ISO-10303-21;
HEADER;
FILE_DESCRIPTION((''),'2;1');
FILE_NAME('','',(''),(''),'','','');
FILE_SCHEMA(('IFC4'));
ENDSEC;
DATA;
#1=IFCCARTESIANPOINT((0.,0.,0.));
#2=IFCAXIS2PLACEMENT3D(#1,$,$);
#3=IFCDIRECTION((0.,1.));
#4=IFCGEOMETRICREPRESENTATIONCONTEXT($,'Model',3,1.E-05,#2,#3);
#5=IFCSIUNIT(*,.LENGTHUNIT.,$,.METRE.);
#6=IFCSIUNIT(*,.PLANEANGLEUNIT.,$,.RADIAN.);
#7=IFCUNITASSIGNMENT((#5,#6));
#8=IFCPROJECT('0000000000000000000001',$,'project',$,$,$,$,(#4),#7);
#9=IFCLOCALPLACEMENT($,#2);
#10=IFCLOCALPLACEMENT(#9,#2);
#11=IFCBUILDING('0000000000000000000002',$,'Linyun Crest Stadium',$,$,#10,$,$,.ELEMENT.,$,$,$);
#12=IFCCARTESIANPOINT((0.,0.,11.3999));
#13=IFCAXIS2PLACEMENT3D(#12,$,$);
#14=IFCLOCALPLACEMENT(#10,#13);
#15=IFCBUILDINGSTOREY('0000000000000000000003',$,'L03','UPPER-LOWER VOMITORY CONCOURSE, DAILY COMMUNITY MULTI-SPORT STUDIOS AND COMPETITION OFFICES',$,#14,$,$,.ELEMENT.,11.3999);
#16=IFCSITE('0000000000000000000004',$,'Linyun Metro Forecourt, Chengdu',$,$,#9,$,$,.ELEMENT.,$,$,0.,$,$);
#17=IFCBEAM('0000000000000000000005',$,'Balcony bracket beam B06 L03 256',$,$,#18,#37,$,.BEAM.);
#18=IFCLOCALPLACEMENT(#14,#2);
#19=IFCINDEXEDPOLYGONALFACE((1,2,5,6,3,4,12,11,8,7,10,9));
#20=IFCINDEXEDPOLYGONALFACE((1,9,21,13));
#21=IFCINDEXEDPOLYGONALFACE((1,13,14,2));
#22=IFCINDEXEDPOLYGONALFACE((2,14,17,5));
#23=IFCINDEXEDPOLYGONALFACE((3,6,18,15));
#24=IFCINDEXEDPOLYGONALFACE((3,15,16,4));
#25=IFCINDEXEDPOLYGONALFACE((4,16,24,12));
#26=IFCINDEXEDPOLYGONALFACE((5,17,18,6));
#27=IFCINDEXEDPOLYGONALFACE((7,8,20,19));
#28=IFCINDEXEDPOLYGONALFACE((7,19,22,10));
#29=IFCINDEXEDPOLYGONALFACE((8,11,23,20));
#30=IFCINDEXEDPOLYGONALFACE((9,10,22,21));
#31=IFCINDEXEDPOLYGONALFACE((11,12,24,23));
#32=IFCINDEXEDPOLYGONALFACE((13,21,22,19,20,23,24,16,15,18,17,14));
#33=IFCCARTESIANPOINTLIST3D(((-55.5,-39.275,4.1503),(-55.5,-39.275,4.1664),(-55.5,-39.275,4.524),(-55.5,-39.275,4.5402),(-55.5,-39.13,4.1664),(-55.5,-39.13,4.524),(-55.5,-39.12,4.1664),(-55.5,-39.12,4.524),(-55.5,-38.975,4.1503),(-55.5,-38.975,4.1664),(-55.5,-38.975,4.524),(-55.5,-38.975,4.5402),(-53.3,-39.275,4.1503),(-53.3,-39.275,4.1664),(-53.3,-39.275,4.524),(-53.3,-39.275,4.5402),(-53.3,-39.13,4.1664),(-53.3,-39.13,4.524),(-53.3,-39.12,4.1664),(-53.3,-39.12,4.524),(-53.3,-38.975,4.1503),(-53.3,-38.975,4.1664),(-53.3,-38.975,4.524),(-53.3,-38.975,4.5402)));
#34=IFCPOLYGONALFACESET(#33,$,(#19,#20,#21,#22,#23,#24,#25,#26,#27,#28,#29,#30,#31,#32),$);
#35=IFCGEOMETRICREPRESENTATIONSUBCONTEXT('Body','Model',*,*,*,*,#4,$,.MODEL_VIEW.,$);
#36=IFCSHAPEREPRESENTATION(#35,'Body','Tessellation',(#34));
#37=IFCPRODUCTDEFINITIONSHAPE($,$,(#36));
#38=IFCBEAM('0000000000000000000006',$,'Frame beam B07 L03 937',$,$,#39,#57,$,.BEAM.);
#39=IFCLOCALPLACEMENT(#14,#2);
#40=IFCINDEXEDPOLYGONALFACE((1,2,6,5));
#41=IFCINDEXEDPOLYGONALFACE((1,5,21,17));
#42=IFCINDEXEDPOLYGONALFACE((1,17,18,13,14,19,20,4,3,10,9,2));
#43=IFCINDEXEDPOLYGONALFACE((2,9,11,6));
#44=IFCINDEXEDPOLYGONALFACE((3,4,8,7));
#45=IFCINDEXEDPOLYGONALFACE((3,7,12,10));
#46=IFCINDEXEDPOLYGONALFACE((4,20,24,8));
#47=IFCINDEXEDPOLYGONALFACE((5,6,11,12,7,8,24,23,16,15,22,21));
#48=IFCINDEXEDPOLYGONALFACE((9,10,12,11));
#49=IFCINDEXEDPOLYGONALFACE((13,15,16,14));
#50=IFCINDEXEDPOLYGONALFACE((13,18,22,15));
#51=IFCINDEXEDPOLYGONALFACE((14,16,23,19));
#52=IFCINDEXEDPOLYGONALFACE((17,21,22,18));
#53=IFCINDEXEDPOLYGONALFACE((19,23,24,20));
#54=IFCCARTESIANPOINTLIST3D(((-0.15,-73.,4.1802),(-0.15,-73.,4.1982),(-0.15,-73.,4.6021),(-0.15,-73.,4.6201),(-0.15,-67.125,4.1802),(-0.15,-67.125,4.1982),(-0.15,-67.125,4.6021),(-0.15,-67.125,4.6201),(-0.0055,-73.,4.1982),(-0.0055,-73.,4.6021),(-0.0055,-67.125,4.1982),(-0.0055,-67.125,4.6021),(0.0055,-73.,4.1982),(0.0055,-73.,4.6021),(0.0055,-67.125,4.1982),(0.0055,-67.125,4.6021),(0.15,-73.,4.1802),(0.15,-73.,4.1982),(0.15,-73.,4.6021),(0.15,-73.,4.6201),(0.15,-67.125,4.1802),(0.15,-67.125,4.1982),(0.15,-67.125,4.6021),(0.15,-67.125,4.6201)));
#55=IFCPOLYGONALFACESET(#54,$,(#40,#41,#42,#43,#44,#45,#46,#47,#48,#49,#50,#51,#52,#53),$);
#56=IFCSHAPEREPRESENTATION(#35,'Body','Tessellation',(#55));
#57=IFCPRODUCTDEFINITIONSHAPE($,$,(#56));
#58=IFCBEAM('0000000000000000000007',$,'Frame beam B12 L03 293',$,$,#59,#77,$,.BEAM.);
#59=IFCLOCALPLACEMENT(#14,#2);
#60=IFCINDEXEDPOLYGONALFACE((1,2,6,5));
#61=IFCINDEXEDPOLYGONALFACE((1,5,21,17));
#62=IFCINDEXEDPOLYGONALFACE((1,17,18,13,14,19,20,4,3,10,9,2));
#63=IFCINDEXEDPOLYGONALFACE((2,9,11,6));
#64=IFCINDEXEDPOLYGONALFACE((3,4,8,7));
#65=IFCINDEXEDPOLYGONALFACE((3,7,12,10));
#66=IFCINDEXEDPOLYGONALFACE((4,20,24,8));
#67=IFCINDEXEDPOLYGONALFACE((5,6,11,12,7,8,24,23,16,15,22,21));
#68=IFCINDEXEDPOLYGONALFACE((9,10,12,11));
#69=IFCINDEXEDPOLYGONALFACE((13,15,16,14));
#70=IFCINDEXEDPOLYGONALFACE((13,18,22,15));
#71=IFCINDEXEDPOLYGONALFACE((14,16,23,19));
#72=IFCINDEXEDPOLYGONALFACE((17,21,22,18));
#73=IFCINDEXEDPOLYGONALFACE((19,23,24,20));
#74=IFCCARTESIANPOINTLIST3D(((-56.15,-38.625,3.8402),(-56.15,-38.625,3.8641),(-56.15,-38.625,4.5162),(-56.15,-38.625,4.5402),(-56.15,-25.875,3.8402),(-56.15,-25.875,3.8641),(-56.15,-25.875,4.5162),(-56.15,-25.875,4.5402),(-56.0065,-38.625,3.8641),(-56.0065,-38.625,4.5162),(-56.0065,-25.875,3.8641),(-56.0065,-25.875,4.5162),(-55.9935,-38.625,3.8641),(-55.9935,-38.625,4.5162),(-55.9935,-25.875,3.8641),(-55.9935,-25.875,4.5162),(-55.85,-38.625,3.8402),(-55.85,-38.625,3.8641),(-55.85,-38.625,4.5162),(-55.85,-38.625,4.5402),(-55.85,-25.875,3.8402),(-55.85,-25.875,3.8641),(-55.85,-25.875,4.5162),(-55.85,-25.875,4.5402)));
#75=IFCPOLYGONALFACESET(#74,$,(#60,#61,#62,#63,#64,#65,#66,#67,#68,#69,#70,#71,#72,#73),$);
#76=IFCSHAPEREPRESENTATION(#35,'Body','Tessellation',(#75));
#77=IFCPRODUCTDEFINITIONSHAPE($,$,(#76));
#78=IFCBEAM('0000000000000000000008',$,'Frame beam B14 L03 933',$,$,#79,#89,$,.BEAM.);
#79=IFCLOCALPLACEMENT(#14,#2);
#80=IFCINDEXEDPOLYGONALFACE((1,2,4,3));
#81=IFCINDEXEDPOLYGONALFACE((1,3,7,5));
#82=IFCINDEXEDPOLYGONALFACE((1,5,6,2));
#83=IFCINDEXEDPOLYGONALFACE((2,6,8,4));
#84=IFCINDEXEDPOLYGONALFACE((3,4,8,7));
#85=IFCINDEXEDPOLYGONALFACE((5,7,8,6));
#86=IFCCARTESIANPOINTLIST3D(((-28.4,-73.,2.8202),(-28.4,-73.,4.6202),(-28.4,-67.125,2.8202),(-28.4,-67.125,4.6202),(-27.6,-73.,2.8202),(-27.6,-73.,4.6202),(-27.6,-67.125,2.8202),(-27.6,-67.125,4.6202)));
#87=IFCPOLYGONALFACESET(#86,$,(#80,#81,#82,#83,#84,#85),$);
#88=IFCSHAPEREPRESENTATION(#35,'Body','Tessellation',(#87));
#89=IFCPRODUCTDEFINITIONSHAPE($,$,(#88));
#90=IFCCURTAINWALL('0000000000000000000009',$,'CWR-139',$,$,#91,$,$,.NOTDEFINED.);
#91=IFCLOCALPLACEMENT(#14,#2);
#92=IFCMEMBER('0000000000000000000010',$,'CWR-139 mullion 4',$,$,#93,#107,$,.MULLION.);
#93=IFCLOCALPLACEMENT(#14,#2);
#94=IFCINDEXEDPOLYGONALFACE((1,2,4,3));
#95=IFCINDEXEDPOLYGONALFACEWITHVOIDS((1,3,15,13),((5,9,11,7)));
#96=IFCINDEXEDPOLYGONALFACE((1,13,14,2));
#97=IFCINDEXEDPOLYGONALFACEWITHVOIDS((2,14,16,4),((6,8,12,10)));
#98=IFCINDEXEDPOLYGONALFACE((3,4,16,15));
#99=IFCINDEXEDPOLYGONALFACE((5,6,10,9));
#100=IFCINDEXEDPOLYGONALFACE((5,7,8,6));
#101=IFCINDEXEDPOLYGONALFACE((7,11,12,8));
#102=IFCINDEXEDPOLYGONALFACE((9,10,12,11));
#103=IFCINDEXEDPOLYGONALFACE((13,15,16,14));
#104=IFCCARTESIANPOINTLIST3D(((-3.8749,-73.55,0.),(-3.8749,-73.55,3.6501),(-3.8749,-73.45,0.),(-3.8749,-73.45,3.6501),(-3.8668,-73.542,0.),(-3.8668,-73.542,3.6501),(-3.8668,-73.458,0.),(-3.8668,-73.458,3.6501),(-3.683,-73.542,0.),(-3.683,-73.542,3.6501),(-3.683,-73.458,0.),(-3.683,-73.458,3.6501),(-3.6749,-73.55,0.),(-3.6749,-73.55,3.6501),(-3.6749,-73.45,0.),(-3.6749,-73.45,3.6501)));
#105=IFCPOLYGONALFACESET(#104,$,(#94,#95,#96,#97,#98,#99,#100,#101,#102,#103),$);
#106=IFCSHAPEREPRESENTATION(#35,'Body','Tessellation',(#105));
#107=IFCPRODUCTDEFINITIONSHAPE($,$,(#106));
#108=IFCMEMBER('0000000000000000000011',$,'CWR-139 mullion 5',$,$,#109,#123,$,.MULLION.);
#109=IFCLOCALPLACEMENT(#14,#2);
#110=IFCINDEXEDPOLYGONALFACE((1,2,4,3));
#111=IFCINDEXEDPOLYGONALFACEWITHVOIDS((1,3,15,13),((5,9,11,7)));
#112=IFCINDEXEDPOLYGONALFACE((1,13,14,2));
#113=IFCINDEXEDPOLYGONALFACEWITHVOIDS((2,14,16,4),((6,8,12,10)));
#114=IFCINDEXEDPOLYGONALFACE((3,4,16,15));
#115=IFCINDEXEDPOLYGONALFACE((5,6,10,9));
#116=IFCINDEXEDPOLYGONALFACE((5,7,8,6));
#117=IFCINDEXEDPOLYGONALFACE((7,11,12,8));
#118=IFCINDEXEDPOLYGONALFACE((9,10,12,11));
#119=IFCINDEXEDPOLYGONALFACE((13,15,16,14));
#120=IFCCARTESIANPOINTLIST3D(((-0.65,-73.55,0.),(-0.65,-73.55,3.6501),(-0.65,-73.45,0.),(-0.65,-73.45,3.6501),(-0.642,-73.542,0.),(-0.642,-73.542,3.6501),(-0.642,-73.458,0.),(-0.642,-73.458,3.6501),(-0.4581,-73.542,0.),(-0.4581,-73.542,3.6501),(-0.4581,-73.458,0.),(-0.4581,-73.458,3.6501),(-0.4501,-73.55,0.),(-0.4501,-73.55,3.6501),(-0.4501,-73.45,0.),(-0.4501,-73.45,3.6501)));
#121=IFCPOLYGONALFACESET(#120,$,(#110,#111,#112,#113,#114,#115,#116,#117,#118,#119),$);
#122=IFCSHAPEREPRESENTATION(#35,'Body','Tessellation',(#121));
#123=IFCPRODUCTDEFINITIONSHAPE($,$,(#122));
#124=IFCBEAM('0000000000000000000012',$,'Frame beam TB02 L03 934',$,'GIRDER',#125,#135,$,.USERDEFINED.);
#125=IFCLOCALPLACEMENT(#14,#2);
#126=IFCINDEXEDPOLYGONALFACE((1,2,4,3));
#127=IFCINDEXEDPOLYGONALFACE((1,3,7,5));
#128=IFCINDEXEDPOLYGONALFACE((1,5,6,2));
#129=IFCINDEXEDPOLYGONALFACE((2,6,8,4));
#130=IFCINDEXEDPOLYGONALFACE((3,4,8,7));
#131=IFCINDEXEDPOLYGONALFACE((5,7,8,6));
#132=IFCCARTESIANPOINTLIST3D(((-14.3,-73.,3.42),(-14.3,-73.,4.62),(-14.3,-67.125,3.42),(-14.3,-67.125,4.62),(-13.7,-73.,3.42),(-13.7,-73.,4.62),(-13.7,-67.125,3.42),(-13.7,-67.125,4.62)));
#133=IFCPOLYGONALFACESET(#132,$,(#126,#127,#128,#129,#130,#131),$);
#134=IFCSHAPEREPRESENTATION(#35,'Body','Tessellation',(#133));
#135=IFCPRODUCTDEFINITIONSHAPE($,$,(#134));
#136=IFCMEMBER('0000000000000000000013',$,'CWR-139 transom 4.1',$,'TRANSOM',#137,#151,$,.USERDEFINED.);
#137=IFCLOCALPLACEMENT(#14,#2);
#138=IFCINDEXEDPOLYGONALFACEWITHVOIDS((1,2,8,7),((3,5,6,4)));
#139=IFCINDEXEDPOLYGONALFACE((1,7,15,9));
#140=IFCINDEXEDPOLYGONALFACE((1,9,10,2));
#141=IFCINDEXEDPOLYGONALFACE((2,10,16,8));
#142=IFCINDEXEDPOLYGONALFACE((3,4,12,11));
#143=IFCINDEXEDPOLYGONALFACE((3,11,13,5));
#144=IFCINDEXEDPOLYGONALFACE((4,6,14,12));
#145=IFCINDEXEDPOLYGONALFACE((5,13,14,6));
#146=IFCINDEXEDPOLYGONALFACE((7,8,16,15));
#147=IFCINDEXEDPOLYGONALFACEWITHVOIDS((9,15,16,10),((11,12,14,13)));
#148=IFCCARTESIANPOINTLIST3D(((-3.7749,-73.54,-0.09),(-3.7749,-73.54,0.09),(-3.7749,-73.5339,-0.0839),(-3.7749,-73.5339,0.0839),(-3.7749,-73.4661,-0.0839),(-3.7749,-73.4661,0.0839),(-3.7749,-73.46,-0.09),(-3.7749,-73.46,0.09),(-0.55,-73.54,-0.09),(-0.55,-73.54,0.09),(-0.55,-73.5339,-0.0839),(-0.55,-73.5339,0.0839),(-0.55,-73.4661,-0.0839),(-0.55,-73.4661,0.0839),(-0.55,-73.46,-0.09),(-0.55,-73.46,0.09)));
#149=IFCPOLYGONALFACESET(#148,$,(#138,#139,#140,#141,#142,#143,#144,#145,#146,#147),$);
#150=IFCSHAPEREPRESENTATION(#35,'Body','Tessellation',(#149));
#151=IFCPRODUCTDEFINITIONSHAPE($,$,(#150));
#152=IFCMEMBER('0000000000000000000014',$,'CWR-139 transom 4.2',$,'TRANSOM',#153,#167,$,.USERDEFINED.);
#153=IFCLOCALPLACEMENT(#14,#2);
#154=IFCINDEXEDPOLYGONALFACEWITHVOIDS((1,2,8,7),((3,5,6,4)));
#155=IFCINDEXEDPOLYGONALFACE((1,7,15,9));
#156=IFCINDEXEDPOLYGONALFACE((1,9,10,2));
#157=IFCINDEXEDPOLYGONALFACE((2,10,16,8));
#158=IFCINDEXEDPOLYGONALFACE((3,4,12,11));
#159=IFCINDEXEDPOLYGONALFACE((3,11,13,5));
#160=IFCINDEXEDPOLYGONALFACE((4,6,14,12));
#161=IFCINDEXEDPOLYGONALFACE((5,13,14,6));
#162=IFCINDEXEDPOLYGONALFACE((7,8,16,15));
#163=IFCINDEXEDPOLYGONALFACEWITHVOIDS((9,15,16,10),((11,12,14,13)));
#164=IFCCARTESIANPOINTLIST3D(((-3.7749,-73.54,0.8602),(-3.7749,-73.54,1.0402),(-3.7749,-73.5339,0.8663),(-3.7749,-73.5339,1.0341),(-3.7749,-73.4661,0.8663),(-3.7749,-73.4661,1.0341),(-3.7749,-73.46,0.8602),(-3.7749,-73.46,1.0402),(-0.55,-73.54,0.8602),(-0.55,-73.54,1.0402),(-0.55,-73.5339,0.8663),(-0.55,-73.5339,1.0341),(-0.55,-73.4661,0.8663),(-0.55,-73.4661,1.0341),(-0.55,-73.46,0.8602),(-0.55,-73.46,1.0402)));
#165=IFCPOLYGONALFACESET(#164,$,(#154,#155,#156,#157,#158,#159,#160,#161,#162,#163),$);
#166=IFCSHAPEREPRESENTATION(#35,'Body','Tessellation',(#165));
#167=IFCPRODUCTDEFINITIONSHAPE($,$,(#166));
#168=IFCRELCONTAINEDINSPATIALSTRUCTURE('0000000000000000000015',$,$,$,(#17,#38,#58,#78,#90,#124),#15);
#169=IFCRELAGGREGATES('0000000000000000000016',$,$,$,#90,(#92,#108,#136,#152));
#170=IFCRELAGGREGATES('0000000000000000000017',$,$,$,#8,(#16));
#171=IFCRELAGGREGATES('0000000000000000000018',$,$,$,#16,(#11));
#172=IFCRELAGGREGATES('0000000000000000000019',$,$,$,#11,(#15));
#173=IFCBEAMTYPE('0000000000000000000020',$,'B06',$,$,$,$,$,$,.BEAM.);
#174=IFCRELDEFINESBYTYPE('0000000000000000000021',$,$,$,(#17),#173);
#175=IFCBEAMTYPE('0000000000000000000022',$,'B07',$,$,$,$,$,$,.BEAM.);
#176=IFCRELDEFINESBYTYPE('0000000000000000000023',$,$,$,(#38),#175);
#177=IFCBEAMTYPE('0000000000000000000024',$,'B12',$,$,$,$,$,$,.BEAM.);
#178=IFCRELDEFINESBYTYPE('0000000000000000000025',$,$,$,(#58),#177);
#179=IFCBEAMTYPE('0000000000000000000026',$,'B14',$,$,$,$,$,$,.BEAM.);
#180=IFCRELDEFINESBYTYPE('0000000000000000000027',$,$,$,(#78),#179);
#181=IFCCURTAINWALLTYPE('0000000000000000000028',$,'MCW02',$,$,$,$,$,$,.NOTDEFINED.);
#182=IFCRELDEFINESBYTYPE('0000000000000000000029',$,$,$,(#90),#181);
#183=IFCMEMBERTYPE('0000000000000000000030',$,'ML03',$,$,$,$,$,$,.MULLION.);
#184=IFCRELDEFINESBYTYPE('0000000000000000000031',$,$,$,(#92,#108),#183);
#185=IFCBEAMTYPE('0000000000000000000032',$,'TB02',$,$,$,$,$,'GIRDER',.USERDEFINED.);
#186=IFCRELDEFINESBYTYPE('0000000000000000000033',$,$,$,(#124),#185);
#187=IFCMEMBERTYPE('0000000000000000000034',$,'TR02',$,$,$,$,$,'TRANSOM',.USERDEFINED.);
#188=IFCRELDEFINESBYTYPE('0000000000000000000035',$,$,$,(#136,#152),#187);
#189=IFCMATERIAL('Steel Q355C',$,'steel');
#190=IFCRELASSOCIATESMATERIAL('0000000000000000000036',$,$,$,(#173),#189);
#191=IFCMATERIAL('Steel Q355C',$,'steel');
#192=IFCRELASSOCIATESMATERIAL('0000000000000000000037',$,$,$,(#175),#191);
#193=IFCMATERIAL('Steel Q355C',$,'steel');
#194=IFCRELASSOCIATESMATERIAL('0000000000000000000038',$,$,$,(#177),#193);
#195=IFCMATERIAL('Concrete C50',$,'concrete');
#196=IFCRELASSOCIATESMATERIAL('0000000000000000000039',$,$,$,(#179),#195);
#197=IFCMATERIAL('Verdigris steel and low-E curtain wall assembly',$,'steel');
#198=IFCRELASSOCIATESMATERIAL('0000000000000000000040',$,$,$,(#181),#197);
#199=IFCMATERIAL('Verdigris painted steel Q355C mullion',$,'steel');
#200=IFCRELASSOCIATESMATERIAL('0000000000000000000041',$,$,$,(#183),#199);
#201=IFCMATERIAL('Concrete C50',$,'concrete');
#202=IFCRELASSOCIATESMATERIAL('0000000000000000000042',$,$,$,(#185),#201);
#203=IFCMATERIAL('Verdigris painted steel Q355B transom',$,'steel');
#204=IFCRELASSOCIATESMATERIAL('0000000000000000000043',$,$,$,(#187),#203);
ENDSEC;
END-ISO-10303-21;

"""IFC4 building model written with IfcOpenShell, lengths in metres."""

from ifc_helpers import new_model, si_unit, direction, frame, origin, origin_2d, place, context, subcontext, project, spatial, rectangle, hollow_rectangle, i_section, extrude, material, material_profile, profile_set, type_object, element, aggregate, save


model = new_model("IFC4")

# Units and contexts
model_context = context("Model", 3, precision=1e-05, world=origin(), true_north=direction((0.0, 1.0)))
body_context = subcontext(model_context, "Body", "Model", "MODEL_VIEW")
ifc_project = project(units=[si_unit("LENGTHUNIT", "METRE"), si_unit("PLANEANGLEUNIT", "RADIAN")], contexts=[model_context])

# Site, building, storey
site_placement = place(None, origin())
site = spatial("IfcSite", under=ifc_project, at=site_placement, Name="Linyun Metro Forecourt, Chengdu", CompositionType="ELEMENT", RefElevation=0.0)
building_placement = place(site_placement, origin())
building = spatial("IfcBuilding", under=site, at=building_placement, Name="Linyun Crest Stadium", CompositionType="ELEMENT")
storey_placement = place(building_placement, frame((0.0, 0.0, 11.3999)))
storey = spatial("IfcBuildingStorey", under=building, at=storey_placement, Name="L03", Description="UPPER-LOWER VOMITORY CONCOURSE, DAILY COMMUNITY MULTI-SPORT STUDIOS AND COMPETITION OFFICES", CompositionType="ELEMENT", Elevation=11.3999)

# Beams
ifc_material_1 = material(Name="Steel Q355C", Category="steel")
ifc_material_profile_1 = material_profile(ifc_material_1, i_section(OverallWidth=0.3, OverallDepth=0.3899, WebThickness=0.01, FlangeThickness=0.0161, at=origin_2d()), Name="HM 390x300")
ifc_profile_set_1 = profile_set([ifc_material_profile_1], Name="Steel Q355C")
beam_type_1 = type_object("IfcBeamType", Name="B06", PredefinedType="BEAM", material=ifc_profile_set_1)
beam_1_placement = place(storey_placement, frame((-55.5, -39.125, 4.3452), z_axis=(1.0, 0.0, 0.0), x_axis=(0.0, 1.0, 0.0)))
element("IfcBeam", 1, at=beam_1_placement, inside=storey, type_object=beam_type_1, Name="Balcony bracket beam B06 L03 256", PredefinedType="BEAM", context=body_context, shape_type="SweptSolid", body=[
    extrude(i_section(OverallWidth=0.3, OverallDepth=0.3899, WebThickness=0.01, FlangeThickness=0.0161, at=origin_2d()), origin(), (0.0, 0.0, 1.0), 2.2),
])
ifc_material_2 = material(Name="Steel Q355C", Category="steel")
ifc_material_profile_2 = material_profile(ifc_material_2, i_section(OverallWidth=0.3, OverallDepth=0.4399, WebThickness=0.011, FlangeThickness=0.0181, at=origin_2d()), Name="HM 440x300")
ifc_profile_set_2 = profile_set([ifc_material_profile_2], Name="Steel Q355C")
beam_type_2 = type_object("IfcBeamType", Name="B07", PredefinedType="BEAM", material=ifc_profile_set_2)
beam_2_placement = place(storey_placement, frame((0.0, -73.0, 4.4001), z_axis=(0.0, 1.0, 0.0), x_axis=(-1.0, 0.0, 0.0)))
element("IfcBeam", 2, at=beam_2_placement, inside=storey, type_object=beam_type_2, Name="Frame beam B07 L03 937", PredefinedType="BEAM", context=body_context, shape_type="SweptSolid", body=[
    extrude(i_section(OverallWidth=0.3, OverallDepth=0.4399, WebThickness=0.011, FlangeThickness=0.0181, at=origin_2d()), origin(), (0.0, 0.0, 1.0), 5.875),
])
ifc_material_3 = material(Name="Steel Q355C", Category="steel")
ifc_material_profile_3 = material_profile(ifc_material_3, i_section(OverallWidth=0.3, OverallDepth=0.7, WebThickness=0.0129, FlangeThickness=0.0239, at=origin_2d()), Name="HN 700x300")
ifc_profile_set_3 = profile_set([ifc_material_profile_3], Name="Steel Q355C")
beam_type_3 = type_object("IfcBeamType", Name="B12", PredefinedType="BEAM", material=ifc_profile_set_3)
beam_3_placement = place(storey_placement, frame((-56.0, -38.625, 4.1902), z_axis=(0.0, 1.0, 0.0), x_axis=(-1.0, 0.0, 0.0)))
element("IfcBeam", 3, at=beam_3_placement, inside=storey, type_object=beam_type_3, Name="Frame beam B12 L03 293", PredefinedType="BEAM", context=body_context, shape_type="SweptSolid", body=[
    extrude(i_section(OverallWidth=0.3, OverallDepth=0.7, WebThickness=0.0129, FlangeThickness=0.0239, at=origin_2d()), origin(), (0.0, 0.0, 1.0), 12.75),
])
ifc_material_4 = material(Name="Concrete C50", Category="concrete")
ifc_material_profile_4 = material_profile(ifc_material_4, rectangle(XDim=0.8, YDim=1.8, at=origin_2d()), Name="RCB 1800x800")
ifc_profile_set_4 = profile_set([ifc_material_profile_4], Name="Concrete C50")
beam_type_4 = type_object("IfcBeamType", Name="B14", PredefinedType="BEAM", material=ifc_profile_set_4)
beam_4_placement = place(storey_placement, frame((-28.0, -73.0, 3.7202), z_axis=(0.0, 1.0, 0.0), x_axis=(-1.0, 0.0, 0.0)))
element("IfcBeam", 4, at=beam_4_placement, inside=storey, type_object=beam_type_4, Name="Frame beam B14 L03 933", PredefinedType="BEAM", context=body_context, shape_type="SweptSolid", body=[
    extrude(rectangle(XDim=0.8, YDim=1.8, at=origin_2d()), origin(), (0.0, 0.0, 1.0), 5.875),
])

# Curtain wall, members
ifc_material_5 = material(Name="Verdigris steel and low-E curtain wall assembly", Category="steel")
curtain_wall_type = type_object("IfcCurtainWallType", Name="MCW02", PredefinedType="NOTDEFINED", material=ifc_material_5)
curtain_wall_placement = place(storey_placement, origin())
curtain_wall = element("IfcCurtainWall", 5, at=curtain_wall_placement, inside=storey, type_object=curtain_wall_type, Name="CWR-139", PredefinedType="NOTDEFINED")
ifc_material_6 = material(Name="Verdigris painted steel Q355C mullion", Category="steel")
ifc_material_profile_5 = material_profile(ifc_material_6, hollow_rectangle(XDim=0.1001, YDim=0.2, WallThickness=0.0081, at=origin_2d()), Name="RHS 200x100x8")
ifc_profile_set_5 = profile_set([ifc_material_profile_5], Name="Verdigris painted steel Q355C mullion")
member_type_1 = type_object("IfcMemberType", Name="ML03", PredefinedType="MULLION", material=ifc_profile_set_5)
member_1_placement = place(storey_placement, frame((-3.7749, -73.5, 0.0), z_axis=(0.0, 0.0, 1.0), x_axis=(0.0, 1.0, 0.0)))
member_1 = element("IfcMember", 6, at=member_1_placement, type_object=member_type_1, Name="CWR-139 mullion 4", PredefinedType="MULLION", context=body_context, shape_type="SweptSolid", body=[
    extrude(hollow_rectangle(XDim=0.1001, YDim=0.2, WallThickness=0.0081, at=origin_2d()), origin(), (0.0, 0.0, 1.0), 3.6501),
])
member_2_placement = place(storey_placement, frame((-0.55, -73.5, 0.0), z_axis=(0.0, 0.0, 1.0), x_axis=(0.0, 1.0, 0.0)))
member_2 = element("IfcMember", 7, at=member_2_placement, type_object=member_type_1, Name="CWR-139 mullion 5", PredefinedType="MULLION", context=body_context, shape_type="SweptSolid", body=[
    extrude(hollow_rectangle(XDim=0.1001, YDim=0.2, WallThickness=0.0081, at=origin_2d()), origin(), (0.0, 0.0, 1.0), 3.6501),
])

# Beam
ifc_material_7 = material(Name="Concrete C50", Category="concrete")
ifc_material_profile_6 = material_profile(ifc_material_7, rectangle(XDim=0.6001, YDim=1.2, at=origin_2d()), Name="RCB 1200x600")
ifc_profile_set_6 = profile_set([ifc_material_profile_6], Name="Concrete C50")
beam_type_5 = type_object("IfcBeamType", Name="TB02", ElementType="GIRDER", PredefinedType="USERDEFINED", material=ifc_profile_set_6)
beam_5_placement = place(storey_placement, frame((-14.0, -73.0, 4.02), z_axis=(0.0, 1.0, 0.0), x_axis=(-1.0, 0.0, 0.0)))
element("IfcBeam", 8, at=beam_5_placement, inside=storey, type_object=beam_type_5, Name="Frame beam TB02 L03 934", ObjectType="GIRDER", PredefinedType="USERDEFINED", context=body_context, shape_type="SweptSolid", body=[
    extrude(rectangle(XDim=0.6001, YDim=1.2, at=origin_2d()), origin(), (0.0, 0.0, 1.0), 5.875),
])

# Members
ifc_material_8 = material(Name="Verdigris painted steel Q355B transom", Category="steel")
ifc_material_profile_7 = material_profile(ifc_material_8, hollow_rectangle(XDim=0.0801, YDim=0.1799, WallThickness=0.0061, at=origin_2d()), Name="RHS 180x80x6")
ifc_profile_set_7 = profile_set([ifc_material_profile_7], Name="Verdigris painted steel Q355B transom")
member_type_2 = type_object("IfcMemberType", Name="TR02", ElementType="TRANSOM", PredefinedType="USERDEFINED", material=ifc_profile_set_7)
member_3_placement = place(storey_placement, frame((-3.7749, -73.5, 0.0), z_axis=(1.0, 0.0, 0.0), x_axis=(0.0, 1.0, 0.0)))
member_3 = element("IfcMember", 9, at=member_3_placement, type_object=member_type_2, Name="CWR-139 transom 4.1", ObjectType="TRANSOM", PredefinedType="USERDEFINED", context=body_context, shape_type="SweptSolid", body=[
    extrude(hollow_rectangle(XDim=0.0801, YDim=0.1799, WallThickness=0.0061, at=origin_2d()), origin(), (0.0, 0.0, 1.0), 3.2249),
])
member_4_placement = place(storey_placement, frame((-3.7749, -73.5, 0.9502), z_axis=(1.0, 0.0, 0.0), x_axis=(0.0, 1.0, 0.0)))
member_4 = element("IfcMember", 10, at=member_4_placement, type_object=member_type_2, Name="CWR-139 transom 4.2", ObjectType="TRANSOM", PredefinedType="USERDEFINED", context=body_context, shape_type="SweptSolid", body=[
    extrude(hollow_rectangle(XDim=0.0801, YDim=0.1799, WallThickness=0.0061, at=origin_2d()), origin(), (0.0, 0.0, 1.0), 3.2249),
])

aggregate(curtain_wall, [member_1, member_2, member_3, member_4])

save(model, "model.ifc")
